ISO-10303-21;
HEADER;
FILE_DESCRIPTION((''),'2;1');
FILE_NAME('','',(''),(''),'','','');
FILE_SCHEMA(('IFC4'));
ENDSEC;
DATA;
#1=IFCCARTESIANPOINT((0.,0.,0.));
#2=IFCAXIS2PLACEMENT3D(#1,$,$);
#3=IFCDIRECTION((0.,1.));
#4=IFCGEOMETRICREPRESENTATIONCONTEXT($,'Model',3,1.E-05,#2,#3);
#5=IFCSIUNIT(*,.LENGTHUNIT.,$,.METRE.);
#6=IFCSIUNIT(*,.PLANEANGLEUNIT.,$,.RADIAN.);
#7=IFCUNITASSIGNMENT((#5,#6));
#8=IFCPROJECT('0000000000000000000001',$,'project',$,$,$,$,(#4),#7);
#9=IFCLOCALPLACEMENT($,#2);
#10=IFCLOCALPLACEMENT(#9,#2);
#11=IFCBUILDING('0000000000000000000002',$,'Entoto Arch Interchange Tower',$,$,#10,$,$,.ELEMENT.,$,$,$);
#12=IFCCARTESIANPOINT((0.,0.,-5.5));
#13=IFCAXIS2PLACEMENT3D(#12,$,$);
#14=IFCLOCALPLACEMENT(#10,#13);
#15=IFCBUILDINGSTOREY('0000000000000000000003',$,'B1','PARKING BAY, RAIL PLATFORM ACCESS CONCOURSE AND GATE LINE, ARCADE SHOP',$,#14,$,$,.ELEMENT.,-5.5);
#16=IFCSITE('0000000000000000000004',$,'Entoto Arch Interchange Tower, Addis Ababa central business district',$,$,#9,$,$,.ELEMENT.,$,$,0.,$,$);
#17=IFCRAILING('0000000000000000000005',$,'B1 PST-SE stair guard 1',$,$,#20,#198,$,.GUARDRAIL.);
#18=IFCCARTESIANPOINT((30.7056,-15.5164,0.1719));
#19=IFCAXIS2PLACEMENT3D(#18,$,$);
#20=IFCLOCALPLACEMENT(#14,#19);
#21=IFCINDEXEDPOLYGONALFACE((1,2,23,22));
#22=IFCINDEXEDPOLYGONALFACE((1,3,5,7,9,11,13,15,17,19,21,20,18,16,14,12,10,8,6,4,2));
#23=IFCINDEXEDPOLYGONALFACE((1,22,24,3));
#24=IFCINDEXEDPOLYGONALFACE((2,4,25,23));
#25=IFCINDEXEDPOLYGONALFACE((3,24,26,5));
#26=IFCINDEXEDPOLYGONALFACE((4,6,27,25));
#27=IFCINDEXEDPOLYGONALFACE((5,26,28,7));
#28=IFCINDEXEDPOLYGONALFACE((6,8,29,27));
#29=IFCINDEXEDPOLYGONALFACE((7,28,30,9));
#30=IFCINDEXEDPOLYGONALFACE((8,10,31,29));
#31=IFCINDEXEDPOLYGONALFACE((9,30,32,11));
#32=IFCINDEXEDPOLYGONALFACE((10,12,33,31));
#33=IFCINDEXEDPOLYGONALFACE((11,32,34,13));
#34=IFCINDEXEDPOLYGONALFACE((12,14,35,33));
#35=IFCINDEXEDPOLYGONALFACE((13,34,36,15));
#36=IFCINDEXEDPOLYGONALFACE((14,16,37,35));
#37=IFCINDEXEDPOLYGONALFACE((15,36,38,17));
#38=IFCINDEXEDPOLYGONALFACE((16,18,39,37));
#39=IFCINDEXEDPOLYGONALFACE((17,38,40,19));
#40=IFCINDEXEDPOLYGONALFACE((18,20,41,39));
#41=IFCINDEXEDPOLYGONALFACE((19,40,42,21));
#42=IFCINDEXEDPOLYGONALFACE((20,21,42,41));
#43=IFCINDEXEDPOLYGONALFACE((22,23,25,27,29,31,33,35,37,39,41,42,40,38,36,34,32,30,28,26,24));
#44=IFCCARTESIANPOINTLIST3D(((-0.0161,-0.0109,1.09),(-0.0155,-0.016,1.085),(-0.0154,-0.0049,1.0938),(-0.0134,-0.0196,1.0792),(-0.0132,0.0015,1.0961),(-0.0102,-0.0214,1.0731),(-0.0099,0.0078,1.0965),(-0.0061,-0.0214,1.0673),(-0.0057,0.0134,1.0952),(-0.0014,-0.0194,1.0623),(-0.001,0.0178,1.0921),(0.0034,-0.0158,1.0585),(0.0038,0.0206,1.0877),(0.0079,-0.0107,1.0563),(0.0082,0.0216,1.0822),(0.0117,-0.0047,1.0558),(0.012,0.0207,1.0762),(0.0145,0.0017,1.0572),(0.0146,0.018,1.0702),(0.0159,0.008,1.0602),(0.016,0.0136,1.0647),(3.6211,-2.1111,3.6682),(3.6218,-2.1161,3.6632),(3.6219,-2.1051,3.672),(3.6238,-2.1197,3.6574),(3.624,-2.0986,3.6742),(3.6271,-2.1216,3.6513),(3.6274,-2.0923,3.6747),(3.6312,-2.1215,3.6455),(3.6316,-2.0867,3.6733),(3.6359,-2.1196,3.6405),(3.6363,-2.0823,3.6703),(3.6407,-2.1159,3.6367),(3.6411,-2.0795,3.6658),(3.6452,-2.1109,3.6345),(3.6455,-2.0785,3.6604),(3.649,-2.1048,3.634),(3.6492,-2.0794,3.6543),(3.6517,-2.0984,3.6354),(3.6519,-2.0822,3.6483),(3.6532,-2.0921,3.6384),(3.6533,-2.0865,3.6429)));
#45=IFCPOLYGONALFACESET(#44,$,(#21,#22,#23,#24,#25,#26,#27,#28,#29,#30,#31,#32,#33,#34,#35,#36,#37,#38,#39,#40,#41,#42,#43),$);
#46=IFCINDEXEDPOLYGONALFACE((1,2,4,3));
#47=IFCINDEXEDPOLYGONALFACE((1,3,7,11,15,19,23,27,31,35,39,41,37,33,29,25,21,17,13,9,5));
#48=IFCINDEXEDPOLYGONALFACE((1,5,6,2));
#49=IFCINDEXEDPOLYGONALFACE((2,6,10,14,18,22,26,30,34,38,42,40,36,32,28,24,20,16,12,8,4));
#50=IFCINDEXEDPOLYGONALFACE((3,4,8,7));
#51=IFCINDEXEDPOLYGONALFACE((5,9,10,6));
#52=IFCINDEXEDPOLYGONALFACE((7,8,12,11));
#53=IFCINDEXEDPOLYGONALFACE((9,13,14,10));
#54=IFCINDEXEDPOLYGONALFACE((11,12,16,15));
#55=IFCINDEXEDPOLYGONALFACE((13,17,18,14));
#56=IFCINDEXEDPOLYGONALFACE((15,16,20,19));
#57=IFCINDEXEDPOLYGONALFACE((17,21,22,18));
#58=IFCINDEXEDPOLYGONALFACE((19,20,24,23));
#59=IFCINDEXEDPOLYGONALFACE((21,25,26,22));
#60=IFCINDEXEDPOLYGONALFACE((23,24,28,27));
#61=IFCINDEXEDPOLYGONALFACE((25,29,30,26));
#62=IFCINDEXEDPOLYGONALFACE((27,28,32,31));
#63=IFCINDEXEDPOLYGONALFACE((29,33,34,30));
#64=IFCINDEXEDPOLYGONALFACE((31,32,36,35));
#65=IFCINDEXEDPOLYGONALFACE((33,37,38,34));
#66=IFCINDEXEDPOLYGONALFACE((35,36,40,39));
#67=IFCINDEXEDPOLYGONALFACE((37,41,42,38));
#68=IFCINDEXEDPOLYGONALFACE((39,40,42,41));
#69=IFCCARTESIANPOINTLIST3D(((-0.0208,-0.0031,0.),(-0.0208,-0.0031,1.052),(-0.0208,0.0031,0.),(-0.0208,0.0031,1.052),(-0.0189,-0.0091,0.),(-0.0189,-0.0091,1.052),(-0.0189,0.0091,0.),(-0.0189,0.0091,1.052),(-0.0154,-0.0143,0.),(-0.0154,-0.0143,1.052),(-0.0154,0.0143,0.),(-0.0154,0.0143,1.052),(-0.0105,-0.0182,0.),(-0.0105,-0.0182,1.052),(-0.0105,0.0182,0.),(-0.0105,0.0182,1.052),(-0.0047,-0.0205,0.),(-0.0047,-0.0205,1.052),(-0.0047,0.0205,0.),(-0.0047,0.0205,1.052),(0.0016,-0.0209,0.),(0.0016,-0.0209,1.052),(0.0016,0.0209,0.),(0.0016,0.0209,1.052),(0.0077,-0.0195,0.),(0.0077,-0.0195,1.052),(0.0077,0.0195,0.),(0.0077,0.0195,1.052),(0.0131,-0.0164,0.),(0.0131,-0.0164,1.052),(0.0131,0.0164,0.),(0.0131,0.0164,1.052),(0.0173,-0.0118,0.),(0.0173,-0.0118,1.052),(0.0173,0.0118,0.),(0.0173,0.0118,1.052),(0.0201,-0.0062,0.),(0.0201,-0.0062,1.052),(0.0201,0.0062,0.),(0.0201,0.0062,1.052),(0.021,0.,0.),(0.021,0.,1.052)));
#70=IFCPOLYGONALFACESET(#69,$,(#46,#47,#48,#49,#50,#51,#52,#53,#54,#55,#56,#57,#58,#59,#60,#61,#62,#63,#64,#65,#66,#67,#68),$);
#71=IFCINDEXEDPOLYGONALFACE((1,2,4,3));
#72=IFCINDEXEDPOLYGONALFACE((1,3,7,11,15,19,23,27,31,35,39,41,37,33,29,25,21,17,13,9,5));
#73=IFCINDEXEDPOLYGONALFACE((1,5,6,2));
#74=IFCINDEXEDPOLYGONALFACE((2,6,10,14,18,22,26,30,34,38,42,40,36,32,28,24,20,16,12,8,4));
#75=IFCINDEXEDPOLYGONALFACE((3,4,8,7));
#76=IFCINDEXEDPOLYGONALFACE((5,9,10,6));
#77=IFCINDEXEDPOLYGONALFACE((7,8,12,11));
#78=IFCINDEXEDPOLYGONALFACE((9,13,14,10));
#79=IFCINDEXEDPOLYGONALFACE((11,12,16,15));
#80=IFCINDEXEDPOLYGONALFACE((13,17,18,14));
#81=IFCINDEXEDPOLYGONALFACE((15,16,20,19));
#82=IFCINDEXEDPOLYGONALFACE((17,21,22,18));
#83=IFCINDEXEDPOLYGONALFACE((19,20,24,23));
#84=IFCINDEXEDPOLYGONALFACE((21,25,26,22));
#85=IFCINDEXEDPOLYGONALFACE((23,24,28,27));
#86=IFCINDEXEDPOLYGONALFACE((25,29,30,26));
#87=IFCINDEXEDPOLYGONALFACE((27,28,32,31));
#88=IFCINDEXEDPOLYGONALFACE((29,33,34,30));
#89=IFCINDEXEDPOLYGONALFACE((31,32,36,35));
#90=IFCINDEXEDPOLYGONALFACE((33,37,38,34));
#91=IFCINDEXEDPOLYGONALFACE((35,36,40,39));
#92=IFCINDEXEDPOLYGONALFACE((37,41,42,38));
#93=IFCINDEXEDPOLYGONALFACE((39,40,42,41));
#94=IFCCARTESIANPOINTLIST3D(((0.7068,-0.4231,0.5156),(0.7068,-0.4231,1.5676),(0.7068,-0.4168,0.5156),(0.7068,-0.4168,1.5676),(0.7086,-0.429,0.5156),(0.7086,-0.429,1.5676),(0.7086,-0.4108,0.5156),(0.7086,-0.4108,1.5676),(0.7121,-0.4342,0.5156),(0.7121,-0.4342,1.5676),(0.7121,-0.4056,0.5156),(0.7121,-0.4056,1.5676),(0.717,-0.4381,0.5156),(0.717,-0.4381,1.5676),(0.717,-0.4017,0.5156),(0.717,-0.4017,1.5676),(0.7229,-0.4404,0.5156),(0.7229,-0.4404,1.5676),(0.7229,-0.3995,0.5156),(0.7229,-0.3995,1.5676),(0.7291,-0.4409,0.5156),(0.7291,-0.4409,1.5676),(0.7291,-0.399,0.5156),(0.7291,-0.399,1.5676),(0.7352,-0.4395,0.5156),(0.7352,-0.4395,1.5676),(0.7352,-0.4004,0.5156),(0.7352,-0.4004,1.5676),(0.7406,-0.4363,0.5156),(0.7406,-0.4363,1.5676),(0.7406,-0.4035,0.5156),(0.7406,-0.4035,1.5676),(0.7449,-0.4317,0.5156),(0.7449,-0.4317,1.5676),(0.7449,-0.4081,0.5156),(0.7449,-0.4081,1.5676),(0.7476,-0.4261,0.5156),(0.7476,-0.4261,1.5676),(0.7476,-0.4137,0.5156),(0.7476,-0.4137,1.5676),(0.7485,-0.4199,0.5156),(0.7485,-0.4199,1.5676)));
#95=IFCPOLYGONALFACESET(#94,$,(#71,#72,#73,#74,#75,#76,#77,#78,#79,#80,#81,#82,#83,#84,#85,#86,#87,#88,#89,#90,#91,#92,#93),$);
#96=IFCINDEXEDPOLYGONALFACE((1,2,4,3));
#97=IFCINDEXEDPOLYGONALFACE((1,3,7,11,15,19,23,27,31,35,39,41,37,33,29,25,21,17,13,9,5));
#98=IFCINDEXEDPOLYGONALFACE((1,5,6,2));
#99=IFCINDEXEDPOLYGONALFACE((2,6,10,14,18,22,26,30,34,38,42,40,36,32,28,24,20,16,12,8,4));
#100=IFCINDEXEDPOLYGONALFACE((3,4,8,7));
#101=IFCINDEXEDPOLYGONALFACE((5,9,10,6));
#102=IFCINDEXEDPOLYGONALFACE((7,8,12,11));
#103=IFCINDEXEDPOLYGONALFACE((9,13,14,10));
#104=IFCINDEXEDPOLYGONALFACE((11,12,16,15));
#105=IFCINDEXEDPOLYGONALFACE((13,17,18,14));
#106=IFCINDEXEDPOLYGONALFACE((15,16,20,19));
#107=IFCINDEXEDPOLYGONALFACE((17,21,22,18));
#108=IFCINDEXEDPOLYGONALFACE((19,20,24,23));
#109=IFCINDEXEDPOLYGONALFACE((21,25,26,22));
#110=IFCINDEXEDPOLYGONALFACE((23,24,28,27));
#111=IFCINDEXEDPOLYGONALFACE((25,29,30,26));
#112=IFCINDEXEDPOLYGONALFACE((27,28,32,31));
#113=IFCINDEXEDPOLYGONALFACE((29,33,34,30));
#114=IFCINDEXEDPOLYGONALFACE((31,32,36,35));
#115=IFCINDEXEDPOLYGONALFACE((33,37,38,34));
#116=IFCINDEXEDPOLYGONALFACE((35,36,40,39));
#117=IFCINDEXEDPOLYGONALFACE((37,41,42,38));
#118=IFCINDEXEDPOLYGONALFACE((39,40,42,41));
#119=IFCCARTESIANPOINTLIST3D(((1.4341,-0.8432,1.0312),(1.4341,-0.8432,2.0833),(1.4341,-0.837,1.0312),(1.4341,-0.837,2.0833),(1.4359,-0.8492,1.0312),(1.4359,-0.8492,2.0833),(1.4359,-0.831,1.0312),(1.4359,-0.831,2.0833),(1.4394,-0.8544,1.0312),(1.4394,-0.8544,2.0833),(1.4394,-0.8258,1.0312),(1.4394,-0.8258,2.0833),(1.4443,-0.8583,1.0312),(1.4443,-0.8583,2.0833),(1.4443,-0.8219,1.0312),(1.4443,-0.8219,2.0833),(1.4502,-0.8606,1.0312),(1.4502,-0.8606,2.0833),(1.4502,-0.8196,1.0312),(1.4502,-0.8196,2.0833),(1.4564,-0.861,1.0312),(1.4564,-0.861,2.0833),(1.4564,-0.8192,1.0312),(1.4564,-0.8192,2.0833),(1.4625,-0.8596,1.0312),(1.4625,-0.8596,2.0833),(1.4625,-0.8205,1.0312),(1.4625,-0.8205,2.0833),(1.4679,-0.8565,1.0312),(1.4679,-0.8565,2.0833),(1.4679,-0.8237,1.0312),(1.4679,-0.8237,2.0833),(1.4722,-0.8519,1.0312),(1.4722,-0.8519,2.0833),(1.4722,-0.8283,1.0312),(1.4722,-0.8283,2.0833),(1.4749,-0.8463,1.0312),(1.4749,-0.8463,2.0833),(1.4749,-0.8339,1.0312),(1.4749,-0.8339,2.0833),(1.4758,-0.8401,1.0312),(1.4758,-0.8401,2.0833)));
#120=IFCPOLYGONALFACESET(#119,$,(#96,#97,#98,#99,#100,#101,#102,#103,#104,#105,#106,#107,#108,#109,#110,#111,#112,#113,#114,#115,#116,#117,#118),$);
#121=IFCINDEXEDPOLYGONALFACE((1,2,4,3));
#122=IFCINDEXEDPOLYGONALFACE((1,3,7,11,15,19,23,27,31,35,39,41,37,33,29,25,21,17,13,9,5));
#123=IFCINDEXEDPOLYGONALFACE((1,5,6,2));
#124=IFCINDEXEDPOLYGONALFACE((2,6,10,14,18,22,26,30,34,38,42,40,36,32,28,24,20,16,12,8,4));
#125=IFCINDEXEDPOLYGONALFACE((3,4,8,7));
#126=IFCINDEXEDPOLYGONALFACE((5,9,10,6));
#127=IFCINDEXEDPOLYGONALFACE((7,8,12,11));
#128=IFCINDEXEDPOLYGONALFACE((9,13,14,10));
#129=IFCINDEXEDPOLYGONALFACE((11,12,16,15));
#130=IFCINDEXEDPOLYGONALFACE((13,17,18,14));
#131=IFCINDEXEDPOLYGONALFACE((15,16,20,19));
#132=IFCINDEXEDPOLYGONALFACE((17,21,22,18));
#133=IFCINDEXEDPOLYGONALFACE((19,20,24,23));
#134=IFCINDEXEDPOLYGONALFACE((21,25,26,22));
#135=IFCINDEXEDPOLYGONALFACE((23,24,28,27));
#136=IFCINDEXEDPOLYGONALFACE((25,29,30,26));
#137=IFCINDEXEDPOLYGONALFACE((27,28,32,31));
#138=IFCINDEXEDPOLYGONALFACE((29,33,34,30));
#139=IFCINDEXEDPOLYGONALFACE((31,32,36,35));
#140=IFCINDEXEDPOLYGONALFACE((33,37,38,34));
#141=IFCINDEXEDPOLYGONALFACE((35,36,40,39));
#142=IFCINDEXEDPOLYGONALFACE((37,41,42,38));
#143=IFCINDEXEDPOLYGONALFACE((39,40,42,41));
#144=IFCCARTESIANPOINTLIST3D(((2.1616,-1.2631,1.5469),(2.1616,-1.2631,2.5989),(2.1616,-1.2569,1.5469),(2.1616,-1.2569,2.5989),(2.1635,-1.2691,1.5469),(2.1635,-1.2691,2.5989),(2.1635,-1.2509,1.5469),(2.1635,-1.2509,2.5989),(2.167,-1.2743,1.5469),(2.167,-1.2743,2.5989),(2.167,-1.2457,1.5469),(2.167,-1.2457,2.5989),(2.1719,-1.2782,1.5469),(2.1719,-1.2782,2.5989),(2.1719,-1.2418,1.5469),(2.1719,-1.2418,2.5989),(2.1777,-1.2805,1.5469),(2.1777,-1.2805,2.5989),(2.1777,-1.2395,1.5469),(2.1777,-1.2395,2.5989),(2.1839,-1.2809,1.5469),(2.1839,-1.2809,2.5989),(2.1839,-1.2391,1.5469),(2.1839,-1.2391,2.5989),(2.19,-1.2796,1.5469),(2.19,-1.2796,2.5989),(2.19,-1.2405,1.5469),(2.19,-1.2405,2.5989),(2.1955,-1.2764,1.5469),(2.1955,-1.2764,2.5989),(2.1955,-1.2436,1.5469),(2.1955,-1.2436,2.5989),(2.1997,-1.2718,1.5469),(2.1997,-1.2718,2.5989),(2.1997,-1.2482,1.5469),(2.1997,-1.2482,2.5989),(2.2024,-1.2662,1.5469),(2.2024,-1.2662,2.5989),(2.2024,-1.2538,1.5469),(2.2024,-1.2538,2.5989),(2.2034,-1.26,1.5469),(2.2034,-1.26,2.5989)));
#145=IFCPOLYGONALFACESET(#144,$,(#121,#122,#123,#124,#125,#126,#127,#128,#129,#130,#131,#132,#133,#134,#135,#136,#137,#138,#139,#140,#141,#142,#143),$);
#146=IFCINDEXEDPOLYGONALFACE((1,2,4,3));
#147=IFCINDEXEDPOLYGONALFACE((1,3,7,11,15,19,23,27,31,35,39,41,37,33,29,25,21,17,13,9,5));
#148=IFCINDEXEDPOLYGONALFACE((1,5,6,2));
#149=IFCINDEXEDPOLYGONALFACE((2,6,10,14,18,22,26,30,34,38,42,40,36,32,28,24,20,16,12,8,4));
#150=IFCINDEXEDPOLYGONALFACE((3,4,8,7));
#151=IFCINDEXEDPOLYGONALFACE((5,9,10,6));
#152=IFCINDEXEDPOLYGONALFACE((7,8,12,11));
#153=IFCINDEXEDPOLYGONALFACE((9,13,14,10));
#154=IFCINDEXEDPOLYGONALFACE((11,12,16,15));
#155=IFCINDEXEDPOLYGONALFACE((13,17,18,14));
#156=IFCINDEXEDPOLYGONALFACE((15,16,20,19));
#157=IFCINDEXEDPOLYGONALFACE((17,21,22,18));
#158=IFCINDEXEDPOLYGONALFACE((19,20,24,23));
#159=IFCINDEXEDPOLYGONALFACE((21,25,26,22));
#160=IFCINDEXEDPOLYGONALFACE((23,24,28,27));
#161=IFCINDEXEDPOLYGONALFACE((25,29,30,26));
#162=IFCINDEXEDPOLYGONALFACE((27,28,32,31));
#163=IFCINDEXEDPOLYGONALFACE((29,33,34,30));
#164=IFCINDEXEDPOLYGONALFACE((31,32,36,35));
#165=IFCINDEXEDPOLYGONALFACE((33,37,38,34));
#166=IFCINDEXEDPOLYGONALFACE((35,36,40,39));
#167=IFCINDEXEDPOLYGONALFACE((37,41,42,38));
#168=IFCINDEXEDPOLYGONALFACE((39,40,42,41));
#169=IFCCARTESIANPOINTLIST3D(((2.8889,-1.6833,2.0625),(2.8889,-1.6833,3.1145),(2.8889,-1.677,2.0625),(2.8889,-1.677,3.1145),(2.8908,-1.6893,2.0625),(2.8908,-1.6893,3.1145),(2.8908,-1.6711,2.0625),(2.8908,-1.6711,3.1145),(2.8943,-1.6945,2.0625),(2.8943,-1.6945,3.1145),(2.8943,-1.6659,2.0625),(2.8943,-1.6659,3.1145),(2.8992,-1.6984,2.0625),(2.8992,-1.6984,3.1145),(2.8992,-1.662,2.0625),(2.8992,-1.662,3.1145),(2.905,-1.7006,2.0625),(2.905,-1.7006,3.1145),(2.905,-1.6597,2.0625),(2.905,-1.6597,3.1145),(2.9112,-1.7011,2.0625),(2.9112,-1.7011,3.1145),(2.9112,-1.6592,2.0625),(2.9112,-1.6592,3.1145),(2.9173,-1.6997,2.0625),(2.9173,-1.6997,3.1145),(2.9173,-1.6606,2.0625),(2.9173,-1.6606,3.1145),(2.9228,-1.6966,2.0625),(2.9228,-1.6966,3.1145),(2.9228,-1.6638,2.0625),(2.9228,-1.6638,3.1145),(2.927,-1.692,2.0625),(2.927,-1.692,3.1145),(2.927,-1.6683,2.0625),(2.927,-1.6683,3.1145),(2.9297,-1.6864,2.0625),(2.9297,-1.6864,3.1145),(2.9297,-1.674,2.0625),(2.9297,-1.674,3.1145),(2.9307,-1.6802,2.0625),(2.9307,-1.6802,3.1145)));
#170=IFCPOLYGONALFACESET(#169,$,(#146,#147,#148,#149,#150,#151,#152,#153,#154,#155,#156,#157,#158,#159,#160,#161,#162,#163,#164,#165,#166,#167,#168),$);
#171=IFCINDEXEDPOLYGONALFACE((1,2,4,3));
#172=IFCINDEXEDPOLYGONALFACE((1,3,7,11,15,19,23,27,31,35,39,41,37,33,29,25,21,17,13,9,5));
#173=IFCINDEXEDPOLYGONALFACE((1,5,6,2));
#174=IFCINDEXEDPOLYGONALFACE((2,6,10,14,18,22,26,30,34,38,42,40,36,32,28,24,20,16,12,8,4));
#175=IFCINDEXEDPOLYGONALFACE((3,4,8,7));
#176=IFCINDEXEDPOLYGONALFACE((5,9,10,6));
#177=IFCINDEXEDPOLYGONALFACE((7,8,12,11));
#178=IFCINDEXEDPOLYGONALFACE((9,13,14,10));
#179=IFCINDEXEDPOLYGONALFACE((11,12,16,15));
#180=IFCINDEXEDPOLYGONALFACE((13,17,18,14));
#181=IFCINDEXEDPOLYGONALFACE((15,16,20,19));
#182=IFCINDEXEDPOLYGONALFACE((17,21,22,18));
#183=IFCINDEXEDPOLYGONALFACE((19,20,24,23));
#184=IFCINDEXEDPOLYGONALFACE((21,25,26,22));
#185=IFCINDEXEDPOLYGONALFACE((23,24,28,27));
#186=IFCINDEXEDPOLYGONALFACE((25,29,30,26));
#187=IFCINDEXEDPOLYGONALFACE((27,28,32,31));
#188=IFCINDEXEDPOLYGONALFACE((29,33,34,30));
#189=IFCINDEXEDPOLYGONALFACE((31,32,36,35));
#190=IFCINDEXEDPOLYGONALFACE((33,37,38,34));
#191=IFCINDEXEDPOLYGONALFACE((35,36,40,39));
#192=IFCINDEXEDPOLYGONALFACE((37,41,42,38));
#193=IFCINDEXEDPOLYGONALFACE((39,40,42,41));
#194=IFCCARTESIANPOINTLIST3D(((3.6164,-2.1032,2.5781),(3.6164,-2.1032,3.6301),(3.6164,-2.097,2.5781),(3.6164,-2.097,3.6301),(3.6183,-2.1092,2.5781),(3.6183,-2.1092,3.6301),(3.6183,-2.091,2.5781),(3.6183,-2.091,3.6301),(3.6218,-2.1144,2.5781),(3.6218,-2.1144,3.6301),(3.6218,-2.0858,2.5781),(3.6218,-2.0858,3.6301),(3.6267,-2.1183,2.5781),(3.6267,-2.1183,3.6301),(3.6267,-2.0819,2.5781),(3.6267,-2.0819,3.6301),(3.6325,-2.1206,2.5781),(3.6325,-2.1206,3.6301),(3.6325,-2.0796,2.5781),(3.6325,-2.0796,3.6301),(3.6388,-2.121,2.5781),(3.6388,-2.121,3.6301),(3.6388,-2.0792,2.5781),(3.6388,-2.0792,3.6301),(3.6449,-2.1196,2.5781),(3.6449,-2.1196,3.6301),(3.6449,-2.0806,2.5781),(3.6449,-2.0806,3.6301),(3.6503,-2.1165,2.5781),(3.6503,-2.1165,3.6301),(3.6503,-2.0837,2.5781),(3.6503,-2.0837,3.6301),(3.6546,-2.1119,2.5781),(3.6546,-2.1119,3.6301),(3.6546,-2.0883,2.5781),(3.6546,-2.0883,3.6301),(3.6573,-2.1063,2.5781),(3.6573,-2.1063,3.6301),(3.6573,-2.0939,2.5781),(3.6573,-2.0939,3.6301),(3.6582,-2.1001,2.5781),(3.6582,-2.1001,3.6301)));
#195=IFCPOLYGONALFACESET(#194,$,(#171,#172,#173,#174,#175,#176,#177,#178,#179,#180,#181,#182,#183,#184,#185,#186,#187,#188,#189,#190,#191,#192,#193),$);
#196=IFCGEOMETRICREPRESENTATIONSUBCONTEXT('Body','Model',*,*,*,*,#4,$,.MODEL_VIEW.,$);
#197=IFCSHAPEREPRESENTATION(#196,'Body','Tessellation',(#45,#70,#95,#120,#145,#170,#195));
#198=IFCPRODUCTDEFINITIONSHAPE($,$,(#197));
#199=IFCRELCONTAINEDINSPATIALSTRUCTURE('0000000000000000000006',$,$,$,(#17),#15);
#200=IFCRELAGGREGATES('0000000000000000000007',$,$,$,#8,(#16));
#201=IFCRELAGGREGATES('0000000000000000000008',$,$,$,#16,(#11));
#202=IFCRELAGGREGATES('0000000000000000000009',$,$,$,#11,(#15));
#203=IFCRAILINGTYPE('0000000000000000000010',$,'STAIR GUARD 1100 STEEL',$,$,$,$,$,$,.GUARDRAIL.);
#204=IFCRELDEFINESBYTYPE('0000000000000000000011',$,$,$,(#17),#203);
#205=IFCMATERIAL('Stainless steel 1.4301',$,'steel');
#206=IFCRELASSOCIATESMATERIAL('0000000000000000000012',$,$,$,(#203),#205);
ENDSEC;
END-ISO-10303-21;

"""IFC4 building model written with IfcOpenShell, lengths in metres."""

from ifc_helpers import new_model, si_unit, direction, frame, origin, origin_2d, place, context, subcontext, project, spatial, circle, extrude, material, type_object, element, save


model = new_model("IFC4")

# Units and contexts
model_context = context("Model", 3, precision=1e-05, world=origin(), true_north=direction((0.0, 1.0)))
body_context = subcontext(model_context, "Body", "Model", "MODEL_VIEW")
ifc_project = project(units=[si_unit("LENGTHUNIT", "METRE"), si_unit("PLANEANGLEUNIT", "RADIAN")], contexts=[model_context])

# Site, building, storey
site_placement = place(None, origin())
site = spatial("IfcSite", under=ifc_project, at=site_placement, Name="Entoto Arch Interchange Tower, Addis Ababa central business district", CompositionType="ELEMENT", RefElevation=0.0)
building_placement = place(site_placement, origin())
building = spatial("IfcBuilding", under=site, at=building_placement, Name="Entoto Arch Interchange Tower", CompositionType="ELEMENT")
storey_placement = place(building_placement, frame((0.0, 0.0, -5.5)))
storey = spatial("IfcBuildingStorey", under=building, at=storey_placement, Name="B1", Description="PARKING BAY, RAIL PLATFORM ACCESS CONCOURSE AND GATE LINE, ARCADE SHOP", CompositionType="ELEMENT", Elevation=-5.5)

# Railing
ifc_material_1 = material(Name="Stainless steel 1.4301", Category="steel")
railing_type_1 = type_object("IfcRailingType", Name="STAIR GUARD 1100 STEEL", PredefinedType="GUARDRAIL", material=ifc_material_1)
railing_1_placement = place(storey_placement, frame((30.7056, -15.5164, 0.1719)))
element("IfcRailing", 1, at=railing_1_placement, inside=storey, type_object=railing_type_1, Name="B1 PST-SE stair guard 1", PredefinedType="GUARDRAIL", context=body_context, shape_type="SweptSolid", body=[
    extrude(circle(Radius=0.0239, at=origin_2d()), frame((0.0, 0.0, 1.0762), z_axis=(0.738051, -0.426145, 0.523145), x_axis=(0.500028, 0.866009, 0.0)), (0.0, 0.0, 1.0), 4.9282),
    extrude(circle(Radius=0.021, at=origin_2d()), origin(), (0.0, 0.0, 1.0), 1.052),
    extrude(circle(Radius=0.021, at=origin_2d()), frame((0.7275, -0.4199, 0.5156)), (0.0, 0.0, 1.0), 1.052),
    extrude(circle(Radius=0.021, at=origin_2d()), frame((1.4548, -0.8401, 1.0312)), (0.0, 0.0, 1.0), 1.052),
    extrude(circle(Radius=0.021, at=origin_2d()), frame((2.1824, -1.26, 1.5469)), (0.0, 0.0, 1.0), 1.052),
    extrude(circle(Radius=0.021, at=origin_2d()), frame((2.9097, -1.6802, 2.0625)), (0.0, 0.0, 1.0), 1.052),
    extrude(circle(Radius=0.021, at=origin_2d()), frame((3.6372, -2.1001, 2.5781)), (0.0, 0.0, 1.0), 1.052),
])

save(model, "model.ifc")
